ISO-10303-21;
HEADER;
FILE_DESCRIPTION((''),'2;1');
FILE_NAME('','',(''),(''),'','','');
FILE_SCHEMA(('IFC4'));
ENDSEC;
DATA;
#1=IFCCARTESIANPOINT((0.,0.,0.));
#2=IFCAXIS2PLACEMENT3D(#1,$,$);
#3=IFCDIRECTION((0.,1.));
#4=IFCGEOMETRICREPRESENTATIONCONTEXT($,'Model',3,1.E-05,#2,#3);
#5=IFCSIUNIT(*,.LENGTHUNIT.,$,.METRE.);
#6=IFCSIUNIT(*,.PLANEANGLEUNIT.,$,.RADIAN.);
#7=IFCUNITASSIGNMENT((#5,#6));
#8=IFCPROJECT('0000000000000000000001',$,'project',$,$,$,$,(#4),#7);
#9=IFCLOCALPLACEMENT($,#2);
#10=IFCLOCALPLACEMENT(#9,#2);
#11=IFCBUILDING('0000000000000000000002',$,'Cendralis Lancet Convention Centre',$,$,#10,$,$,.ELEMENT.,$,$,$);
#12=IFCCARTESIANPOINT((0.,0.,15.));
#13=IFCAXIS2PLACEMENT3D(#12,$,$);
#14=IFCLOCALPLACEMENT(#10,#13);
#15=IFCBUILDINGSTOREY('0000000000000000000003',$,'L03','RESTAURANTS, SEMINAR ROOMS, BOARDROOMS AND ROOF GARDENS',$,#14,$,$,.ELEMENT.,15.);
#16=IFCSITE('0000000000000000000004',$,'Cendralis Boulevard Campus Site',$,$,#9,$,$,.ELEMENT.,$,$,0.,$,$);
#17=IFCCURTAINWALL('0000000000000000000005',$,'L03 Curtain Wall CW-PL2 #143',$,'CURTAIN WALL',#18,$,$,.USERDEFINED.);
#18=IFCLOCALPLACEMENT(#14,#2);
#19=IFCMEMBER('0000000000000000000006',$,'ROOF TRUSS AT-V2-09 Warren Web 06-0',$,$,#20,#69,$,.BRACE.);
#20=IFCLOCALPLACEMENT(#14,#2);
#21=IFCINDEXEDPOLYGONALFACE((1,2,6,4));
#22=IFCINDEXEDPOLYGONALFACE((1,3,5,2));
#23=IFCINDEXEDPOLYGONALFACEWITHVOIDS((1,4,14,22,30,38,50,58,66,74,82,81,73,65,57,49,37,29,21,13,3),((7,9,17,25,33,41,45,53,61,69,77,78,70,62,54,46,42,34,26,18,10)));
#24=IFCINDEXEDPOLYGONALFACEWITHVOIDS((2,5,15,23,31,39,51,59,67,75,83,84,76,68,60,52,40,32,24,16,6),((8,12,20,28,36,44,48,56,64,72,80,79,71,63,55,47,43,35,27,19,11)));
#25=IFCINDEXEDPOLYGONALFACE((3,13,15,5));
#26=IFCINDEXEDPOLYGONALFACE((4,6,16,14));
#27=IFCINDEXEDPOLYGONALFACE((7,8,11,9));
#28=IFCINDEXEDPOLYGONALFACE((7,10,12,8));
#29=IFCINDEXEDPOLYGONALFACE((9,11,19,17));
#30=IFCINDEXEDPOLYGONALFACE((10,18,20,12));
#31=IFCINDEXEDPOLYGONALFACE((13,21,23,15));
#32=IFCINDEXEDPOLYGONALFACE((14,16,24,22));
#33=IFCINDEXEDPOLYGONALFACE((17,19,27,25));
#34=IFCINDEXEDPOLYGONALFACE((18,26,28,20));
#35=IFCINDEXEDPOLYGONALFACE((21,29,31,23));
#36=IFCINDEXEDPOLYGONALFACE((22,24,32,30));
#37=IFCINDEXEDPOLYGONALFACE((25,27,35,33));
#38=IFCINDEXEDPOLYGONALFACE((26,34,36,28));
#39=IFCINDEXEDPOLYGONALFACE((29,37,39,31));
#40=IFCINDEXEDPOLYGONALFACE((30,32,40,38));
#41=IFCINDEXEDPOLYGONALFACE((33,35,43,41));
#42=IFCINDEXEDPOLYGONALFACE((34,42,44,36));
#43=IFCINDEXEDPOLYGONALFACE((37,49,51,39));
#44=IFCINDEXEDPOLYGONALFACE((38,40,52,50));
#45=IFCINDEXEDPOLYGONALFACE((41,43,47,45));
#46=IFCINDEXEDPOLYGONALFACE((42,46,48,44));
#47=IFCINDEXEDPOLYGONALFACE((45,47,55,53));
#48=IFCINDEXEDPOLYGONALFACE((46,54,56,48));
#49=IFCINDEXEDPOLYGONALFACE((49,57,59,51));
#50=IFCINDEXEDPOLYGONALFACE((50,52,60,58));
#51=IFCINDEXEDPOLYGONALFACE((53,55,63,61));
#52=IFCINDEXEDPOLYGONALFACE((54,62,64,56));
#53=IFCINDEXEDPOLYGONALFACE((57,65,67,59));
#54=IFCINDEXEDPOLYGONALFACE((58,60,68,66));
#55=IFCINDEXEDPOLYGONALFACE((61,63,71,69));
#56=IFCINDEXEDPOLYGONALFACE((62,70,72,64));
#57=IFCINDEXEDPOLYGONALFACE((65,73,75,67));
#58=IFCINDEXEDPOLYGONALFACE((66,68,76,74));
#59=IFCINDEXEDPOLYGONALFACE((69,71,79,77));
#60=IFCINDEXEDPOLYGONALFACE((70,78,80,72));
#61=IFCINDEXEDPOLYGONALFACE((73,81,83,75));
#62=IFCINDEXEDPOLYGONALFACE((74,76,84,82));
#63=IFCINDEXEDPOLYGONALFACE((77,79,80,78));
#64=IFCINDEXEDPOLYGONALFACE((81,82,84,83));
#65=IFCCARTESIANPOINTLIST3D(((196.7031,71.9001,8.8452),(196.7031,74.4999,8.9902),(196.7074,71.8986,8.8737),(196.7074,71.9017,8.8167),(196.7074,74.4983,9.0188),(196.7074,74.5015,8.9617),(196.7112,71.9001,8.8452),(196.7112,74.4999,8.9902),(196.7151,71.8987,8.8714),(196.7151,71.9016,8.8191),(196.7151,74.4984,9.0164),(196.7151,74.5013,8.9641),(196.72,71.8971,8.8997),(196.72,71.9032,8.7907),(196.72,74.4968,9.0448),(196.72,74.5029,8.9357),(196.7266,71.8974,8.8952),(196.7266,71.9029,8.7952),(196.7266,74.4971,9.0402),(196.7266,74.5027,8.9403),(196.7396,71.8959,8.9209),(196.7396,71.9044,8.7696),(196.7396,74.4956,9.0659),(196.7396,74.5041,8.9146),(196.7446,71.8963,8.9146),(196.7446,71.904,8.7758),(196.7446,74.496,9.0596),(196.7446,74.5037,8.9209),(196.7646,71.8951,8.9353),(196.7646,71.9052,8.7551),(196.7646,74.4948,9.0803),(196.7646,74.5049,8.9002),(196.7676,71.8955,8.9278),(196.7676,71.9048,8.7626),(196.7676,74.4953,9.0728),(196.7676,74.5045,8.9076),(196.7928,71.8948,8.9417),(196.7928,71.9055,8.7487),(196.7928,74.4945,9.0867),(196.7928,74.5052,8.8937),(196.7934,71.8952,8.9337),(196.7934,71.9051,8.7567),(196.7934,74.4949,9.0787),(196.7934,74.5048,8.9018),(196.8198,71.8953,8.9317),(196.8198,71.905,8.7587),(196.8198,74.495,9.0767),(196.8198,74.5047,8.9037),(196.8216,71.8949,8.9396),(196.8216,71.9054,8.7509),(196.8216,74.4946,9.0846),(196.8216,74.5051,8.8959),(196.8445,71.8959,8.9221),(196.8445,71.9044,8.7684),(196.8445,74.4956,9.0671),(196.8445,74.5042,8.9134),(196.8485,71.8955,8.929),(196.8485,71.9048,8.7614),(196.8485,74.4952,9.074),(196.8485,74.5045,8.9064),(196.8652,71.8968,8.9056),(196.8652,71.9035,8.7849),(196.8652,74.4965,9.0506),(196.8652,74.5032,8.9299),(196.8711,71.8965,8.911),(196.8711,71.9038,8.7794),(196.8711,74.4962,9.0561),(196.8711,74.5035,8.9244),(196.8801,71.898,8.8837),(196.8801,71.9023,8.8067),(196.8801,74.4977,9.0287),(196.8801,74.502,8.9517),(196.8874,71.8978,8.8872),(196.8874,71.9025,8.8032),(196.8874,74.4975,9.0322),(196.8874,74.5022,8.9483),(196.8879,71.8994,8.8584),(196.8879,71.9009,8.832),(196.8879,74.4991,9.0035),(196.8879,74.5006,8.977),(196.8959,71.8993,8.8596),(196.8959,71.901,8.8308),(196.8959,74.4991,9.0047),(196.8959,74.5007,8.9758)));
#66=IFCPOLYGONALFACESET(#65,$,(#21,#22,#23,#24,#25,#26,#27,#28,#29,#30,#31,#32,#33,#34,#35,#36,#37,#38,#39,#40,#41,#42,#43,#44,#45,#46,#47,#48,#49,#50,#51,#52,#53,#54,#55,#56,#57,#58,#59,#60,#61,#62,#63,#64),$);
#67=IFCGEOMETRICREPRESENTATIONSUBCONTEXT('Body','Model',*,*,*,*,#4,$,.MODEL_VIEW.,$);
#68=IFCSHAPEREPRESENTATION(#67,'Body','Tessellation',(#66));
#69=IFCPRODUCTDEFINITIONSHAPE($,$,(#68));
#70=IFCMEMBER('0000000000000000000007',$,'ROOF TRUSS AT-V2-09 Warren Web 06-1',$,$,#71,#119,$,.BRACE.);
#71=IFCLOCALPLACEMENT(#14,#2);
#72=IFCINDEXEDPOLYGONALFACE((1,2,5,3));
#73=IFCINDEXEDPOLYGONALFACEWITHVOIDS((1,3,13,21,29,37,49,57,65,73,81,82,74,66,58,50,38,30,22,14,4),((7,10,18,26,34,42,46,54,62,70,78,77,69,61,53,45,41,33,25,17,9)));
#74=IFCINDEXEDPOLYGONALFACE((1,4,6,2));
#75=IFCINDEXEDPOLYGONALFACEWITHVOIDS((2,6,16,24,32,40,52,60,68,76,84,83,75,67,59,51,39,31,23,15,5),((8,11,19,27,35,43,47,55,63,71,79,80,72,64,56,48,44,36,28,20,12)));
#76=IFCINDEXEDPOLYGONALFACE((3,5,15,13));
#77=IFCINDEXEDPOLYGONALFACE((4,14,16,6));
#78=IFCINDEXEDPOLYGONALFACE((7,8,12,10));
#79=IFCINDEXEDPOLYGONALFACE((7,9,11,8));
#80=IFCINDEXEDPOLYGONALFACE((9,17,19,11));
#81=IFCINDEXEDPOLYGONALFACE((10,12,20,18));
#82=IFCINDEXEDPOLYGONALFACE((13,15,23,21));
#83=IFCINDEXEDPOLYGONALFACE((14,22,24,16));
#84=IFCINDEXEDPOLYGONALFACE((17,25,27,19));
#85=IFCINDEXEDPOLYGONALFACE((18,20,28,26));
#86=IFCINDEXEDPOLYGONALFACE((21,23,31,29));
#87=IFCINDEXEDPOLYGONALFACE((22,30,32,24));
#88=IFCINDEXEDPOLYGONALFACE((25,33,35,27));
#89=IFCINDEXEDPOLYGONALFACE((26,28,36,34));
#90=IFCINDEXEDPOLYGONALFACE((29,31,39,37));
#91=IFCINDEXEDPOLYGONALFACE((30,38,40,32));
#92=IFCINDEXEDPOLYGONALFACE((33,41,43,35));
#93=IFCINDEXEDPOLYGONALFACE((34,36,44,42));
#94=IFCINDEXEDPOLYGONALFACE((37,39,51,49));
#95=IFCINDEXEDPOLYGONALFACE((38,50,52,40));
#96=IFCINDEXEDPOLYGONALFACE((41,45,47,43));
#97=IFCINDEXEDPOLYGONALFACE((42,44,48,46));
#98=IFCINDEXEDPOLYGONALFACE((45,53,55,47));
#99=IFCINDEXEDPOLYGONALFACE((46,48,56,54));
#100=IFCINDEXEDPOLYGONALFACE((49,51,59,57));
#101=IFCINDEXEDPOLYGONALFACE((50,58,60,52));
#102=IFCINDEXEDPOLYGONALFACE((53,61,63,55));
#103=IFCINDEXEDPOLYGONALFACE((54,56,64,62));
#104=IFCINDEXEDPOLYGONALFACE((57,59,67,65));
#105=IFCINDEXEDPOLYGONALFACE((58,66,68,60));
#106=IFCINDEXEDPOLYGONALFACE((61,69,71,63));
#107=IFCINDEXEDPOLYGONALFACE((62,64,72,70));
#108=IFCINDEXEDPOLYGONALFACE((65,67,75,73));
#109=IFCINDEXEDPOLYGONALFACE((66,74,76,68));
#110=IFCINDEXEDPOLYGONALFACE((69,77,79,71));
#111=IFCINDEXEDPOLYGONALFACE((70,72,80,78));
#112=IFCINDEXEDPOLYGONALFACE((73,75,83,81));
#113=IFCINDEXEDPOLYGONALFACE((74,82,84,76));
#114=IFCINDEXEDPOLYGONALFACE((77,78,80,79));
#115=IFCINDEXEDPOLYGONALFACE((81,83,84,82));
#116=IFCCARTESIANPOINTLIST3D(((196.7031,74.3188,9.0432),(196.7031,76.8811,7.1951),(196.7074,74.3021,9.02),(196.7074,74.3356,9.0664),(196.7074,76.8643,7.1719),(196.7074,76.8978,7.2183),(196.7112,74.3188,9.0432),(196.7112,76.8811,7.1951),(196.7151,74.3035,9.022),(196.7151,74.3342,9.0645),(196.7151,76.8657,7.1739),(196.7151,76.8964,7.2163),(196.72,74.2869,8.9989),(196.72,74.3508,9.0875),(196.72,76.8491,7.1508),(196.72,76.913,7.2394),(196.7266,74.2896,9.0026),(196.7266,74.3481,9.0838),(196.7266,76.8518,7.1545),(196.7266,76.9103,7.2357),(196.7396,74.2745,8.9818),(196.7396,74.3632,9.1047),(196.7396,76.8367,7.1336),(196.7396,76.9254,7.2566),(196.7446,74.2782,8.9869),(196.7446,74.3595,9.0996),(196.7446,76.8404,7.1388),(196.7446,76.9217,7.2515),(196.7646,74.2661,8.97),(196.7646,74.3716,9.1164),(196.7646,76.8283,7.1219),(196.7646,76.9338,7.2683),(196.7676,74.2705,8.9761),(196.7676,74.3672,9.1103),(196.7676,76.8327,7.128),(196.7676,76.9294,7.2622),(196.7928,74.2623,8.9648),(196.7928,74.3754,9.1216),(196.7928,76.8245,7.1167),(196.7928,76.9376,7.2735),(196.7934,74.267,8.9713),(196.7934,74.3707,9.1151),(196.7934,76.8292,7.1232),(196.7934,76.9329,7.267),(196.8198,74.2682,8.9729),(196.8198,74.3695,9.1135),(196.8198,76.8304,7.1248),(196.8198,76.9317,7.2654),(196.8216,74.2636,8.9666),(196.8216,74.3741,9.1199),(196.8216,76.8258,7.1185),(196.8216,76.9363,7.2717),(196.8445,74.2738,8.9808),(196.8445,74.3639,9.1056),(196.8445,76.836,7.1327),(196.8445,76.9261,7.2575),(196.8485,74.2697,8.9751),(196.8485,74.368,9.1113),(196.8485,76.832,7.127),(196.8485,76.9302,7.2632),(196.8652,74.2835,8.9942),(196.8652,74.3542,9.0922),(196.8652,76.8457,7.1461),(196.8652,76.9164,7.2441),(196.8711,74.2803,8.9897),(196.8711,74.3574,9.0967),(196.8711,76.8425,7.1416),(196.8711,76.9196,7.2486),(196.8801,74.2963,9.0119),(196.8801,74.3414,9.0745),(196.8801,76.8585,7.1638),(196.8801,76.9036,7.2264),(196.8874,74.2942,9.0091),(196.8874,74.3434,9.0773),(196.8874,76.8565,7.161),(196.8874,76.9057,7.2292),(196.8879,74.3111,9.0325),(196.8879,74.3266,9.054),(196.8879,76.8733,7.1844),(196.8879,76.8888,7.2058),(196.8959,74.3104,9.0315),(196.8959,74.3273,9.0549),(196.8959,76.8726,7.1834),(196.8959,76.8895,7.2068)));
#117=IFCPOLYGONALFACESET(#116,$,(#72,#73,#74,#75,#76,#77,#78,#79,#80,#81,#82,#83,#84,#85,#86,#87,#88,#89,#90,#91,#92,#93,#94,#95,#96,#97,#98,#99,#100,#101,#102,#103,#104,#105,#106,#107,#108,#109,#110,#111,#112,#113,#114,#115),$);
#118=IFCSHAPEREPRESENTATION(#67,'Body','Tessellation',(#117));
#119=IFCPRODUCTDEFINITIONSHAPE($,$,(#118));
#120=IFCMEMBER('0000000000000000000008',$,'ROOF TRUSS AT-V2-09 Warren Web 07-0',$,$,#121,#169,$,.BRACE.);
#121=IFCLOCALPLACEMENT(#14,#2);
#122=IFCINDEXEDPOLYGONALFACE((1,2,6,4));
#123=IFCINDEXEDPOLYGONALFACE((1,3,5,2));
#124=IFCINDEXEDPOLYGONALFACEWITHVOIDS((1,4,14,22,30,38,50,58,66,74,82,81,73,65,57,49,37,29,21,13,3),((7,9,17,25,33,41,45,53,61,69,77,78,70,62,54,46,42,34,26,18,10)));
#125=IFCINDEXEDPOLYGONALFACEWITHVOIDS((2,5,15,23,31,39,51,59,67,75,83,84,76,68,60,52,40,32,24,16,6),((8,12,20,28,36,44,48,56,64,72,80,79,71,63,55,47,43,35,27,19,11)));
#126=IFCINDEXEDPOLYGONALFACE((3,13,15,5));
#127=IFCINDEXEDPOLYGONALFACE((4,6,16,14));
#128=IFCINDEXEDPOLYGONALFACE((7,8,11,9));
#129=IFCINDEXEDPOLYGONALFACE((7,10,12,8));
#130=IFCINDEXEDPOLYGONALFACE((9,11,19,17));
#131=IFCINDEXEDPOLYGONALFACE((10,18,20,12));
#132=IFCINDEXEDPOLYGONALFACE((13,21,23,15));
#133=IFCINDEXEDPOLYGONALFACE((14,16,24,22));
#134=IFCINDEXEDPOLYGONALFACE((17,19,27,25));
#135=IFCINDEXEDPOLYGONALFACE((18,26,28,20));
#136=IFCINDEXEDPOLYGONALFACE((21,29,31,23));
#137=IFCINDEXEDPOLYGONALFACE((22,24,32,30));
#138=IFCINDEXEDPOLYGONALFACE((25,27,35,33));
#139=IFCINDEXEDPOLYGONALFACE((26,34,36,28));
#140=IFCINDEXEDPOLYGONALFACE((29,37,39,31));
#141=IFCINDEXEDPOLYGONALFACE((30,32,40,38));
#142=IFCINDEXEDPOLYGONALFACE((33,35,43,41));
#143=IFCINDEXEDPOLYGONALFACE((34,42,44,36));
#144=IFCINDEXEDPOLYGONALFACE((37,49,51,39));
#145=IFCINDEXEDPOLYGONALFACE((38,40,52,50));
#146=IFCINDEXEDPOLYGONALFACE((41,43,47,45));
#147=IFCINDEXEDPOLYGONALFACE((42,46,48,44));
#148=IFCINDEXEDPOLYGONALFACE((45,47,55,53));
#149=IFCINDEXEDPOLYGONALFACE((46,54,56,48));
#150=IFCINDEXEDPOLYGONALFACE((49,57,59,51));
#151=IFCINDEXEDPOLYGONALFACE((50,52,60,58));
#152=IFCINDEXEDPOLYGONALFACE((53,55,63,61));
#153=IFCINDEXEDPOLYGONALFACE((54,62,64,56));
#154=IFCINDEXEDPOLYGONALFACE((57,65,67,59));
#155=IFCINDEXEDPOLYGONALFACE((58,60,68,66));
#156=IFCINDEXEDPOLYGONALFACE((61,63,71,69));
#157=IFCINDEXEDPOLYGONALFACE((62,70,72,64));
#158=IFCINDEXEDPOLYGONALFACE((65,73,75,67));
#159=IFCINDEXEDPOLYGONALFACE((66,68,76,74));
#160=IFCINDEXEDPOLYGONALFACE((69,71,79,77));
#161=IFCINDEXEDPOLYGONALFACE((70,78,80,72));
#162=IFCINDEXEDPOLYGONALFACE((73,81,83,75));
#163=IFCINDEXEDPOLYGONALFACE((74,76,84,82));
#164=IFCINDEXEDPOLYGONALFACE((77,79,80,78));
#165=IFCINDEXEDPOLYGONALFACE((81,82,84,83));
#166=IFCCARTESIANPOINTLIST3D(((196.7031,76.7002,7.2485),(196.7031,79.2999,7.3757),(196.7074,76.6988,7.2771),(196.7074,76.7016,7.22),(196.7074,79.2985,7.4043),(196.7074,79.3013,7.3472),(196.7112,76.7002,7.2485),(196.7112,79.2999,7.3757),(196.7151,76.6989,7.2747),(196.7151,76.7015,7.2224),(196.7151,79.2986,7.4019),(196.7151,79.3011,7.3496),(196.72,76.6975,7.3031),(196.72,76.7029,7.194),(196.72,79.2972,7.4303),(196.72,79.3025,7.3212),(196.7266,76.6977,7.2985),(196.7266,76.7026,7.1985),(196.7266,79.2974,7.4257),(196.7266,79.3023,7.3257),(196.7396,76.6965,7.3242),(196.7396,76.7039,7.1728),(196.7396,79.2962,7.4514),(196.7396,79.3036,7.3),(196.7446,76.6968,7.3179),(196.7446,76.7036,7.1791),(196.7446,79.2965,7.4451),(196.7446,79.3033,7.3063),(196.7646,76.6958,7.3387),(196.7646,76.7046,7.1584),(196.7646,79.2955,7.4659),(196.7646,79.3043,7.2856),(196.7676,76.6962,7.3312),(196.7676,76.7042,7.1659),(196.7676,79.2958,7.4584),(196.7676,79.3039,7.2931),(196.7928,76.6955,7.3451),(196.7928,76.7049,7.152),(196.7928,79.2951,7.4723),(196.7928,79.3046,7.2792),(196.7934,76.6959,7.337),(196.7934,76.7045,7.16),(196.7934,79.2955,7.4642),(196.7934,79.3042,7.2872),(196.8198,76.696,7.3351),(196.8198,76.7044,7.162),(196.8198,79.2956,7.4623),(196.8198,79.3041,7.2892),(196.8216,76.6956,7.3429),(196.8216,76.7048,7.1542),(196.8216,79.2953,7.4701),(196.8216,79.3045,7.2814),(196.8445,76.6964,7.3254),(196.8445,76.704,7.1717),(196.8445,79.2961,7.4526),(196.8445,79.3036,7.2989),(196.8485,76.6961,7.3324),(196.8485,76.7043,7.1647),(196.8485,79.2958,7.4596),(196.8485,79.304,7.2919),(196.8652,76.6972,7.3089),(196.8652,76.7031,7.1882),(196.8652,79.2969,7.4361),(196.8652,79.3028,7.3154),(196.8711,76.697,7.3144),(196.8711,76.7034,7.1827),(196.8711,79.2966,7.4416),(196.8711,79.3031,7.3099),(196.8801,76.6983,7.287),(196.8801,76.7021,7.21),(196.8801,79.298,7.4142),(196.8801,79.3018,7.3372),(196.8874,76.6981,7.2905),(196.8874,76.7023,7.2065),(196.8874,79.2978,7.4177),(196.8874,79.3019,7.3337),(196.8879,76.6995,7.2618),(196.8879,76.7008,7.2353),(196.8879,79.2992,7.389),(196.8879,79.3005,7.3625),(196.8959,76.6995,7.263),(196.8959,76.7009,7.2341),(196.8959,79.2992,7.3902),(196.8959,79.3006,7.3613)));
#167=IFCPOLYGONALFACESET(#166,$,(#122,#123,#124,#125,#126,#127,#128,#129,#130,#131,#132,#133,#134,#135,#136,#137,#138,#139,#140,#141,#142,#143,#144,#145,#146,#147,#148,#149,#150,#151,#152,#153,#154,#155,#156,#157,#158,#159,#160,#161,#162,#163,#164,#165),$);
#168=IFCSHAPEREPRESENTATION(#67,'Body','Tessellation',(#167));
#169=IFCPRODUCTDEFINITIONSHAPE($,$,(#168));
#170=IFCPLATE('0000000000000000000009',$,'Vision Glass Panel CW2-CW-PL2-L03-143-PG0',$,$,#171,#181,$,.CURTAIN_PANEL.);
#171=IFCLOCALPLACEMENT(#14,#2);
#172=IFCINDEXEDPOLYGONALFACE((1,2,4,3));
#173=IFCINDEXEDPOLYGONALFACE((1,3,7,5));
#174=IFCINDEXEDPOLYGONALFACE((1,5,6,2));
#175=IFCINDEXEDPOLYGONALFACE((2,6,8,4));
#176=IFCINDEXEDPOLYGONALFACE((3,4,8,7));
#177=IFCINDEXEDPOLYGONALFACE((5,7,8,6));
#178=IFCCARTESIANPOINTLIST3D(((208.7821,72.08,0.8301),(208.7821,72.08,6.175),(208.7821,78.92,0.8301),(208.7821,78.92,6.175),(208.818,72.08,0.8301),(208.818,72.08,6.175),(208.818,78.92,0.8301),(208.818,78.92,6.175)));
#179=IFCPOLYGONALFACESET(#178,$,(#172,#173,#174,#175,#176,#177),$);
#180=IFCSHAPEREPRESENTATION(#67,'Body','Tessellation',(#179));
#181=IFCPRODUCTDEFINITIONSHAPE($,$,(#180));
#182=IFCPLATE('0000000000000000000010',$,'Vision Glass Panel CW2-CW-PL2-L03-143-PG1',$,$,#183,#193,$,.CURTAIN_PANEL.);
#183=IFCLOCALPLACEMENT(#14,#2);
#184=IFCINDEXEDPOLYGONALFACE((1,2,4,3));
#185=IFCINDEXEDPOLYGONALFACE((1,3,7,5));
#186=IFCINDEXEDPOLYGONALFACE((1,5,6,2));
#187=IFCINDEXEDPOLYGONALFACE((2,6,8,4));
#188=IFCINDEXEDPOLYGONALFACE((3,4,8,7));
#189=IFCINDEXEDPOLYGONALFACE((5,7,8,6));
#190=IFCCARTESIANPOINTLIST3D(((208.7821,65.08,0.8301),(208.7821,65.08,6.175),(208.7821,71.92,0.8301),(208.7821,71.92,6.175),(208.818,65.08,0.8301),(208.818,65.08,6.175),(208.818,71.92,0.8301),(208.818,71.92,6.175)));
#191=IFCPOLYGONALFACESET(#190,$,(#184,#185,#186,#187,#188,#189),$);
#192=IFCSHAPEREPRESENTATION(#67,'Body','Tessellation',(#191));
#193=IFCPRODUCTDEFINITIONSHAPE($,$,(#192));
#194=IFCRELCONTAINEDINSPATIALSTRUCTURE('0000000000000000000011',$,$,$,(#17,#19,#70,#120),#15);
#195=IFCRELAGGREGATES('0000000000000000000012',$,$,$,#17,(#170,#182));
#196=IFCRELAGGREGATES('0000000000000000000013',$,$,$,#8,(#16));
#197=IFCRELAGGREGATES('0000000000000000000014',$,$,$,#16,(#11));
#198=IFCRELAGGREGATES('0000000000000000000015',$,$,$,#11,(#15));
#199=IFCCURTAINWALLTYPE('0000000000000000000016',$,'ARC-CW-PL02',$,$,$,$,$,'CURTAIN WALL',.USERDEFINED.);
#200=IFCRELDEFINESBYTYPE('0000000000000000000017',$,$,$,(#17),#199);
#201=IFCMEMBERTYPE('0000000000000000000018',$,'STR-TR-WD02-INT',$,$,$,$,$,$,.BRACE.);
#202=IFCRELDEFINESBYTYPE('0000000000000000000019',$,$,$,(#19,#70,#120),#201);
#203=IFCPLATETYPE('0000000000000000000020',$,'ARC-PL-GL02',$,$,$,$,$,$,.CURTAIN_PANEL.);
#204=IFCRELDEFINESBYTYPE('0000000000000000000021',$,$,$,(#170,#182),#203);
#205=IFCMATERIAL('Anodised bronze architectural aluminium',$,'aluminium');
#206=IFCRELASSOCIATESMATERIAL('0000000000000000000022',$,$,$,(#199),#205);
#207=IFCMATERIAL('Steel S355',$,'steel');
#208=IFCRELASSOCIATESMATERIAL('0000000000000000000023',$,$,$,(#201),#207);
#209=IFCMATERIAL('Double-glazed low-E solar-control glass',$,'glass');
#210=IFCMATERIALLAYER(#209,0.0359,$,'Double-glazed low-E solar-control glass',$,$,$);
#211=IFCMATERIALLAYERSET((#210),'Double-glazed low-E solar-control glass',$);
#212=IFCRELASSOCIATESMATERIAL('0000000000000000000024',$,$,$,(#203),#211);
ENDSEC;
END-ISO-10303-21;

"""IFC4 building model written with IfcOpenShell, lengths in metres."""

from ifc_helpers import new_model, si_unit, direction, frame, origin, origin_2d, place, context, subcontext, project, spatial, rectangle, hollow_circle, extrude, material, layer, layer_set, material_profile, profile_set, type_object, element, aggregate, save


model = new_model("IFC4")

# Units and contexts
model_context = context("Model", 3, precision=1e-05, world=origin(), true_north=direction((0.0, 1.0)))
body_context = subcontext(model_context, "Body", "Model", "MODEL_VIEW")
ifc_project = project(units=[si_unit("LENGTHUNIT", "METRE"), si_unit("PLANEANGLEUNIT", "RADIAN")], contexts=[model_context])

# Site, building, storey
site_placement = place(None, origin())
site = spatial("IfcSite", under=ifc_project, at=site_placement, Name="Cendralis Boulevard Campus Site", CompositionType="ELEMENT", RefElevation=0.0)
building_placement = place(site_placement, origin())
building = spatial("IfcBuilding", under=site, at=building_placement, Name="Cendralis Lancet Convention Centre", CompositionType="ELEMENT")
storey_placement = place(building_placement, frame((0.0, 0.0, 15.0)))
storey = spatial("IfcBuildingStorey", under=building, at=storey_placement, Name="L03", Description="RESTAURANTS, SEMINAR ROOMS, BOARDROOMS AND ROOF GARDENS", CompositionType="ELEMENT", Elevation=15.0)

# Curtain wall
ifc_material_1 = material(Name="Anodised bronze architectural aluminium", Category="aluminium")
curtain_wall_type = type_object("IfcCurtainWallType", Name="ARC-CW-PL02", ElementType="CURTAIN WALL", PredefinedType="USERDEFINED", material=ifc_material_1)
curtain_wall_placement = place(storey_placement, origin())
curtain_wall = element("IfcCurtainWall", 1, at=curtain_wall_placement, inside=storey, type_object=curtain_wall_type, Name="L03 Curtain Wall CW-PL2 #143", ObjectType="CURTAIN WALL", PredefinedType="USERDEFINED")

# Members
ifc_material_2 = material(Name="Steel S355", Category="steel")
ifc_material_profile_1 = material_profile(ifc_material_2, hollow_circle(Radius=0.0969, WallThickness=0.0081, at=origin_2d()), Name="CHS 193.7x8.0")
ifc_profile_set_1 = profile_set([ifc_material_profile_1], Name="Steel S355")
member_type_1 = type_object("IfcMemberType", Name="STR-TR-WD02-INT", PredefinedType="BRACE", material=ifc_profile_set_1)
member_1_placement = place(storey_placement, frame((196.8, 71.9001, 8.8452), z_axis=(0.0, 0.998448, 0.055699), x_axis=(-1.0, 0.0, 0.0)))
element("IfcMember", 2, at=member_1_placement, inside=storey, type_object=member_type_1, Name="ROOF TRUSS AT-V2-09 Warren Web 06-0", PredefinedType="BRACE", context=body_context, shape_type="SweptSolid", body=[
    extrude(hollow_circle(Radius=0.0969, WallThickness=0.0081, at=origin_2d()), origin(), (0.0, 0.0, 1.0), 2.6038),
])
member_2_placement = place(storey_placement, frame((196.8, 74.3188, 9.0432), z_axis=(0.0, 0.811036, -0.584997), x_axis=(-1.0, 0.0, 0.0)))
element("IfcMember", 3, at=member_2_placement, inside=storey, type_object=member_type_1, Name="ROOF TRUSS AT-V2-09 Warren Web 06-1", PredefinedType="BRACE", context=body_context, shape_type="SweptSolid", body=[
    extrude(hollow_circle(Radius=0.0969, WallThickness=0.0081, at=origin_2d()), origin(), (0.0, 0.0, 1.0), 3.1592),
])
member_3_placement = place(storey_placement, frame((196.8, 76.7002, 7.2485), z_axis=(0.0, 0.998805, 0.048871), x_axis=(-1.0, 0.0, 0.0)))
element("IfcMember", 4, at=member_3_placement, inside=storey, type_object=member_type_1, Name="ROOF TRUSS AT-V2-09 Warren Web 07-0", PredefinedType="BRACE", context=body_context, shape_type="SweptSolid", body=[
    extrude(hollow_circle(Radius=0.0969, WallThickness=0.0081, at=origin_2d()), origin(), (0.0, 0.0, 1.0), 2.6028),
])

# Plates
ifc_material_3 = material(Name="Double-glazed low-E solar-control glass", Category="glass")
ifc_layer_1 = layer(ifc_material_3, 0.0359, Name="Double-glazed low-E solar-control glass")
ifc_layer_set_1 = layer_set([ifc_layer_1], Name="Double-glazed low-E solar-control glass")
plate_type_1 = type_object("IfcPlateType", Name="ARC-PL-GL02", PredefinedType="CURTAIN_PANEL", material=ifc_layer_set_1)
plate_1_placement = place(storey_placement, frame((208.8, 75.5, 0.8301), z_axis=(0.0, 0.0, 1.0), x_axis=(0.0, -1.0, 0.0)))
plate_1 = element("IfcPlate", 5, at=plate_1_placement, type_object=plate_type_1, Name="Vision Glass Panel CW2-CW-PL2-L03-143-PG0", PredefinedType="CURTAIN_PANEL", context=body_context, shape_type="SweptSolid", body=[
    extrude(rectangle(XDim=6.8401, YDim=0.0359, at=origin_2d()), origin(), (0.0, 0.0, 1.0), 5.345),
])
plate_2_placement = place(storey_placement, frame((208.8, 68.5, 0.8301), z_axis=(0.0, 0.0, 1.0), x_axis=(0.0, -1.0, 0.0)))
plate_2 = element("IfcPlate", 6, at=plate_2_placement, type_object=plate_type_1, Name="Vision Glass Panel CW2-CW-PL2-L03-143-PG1", PredefinedType="CURTAIN_PANEL", context=body_context, shape_type="SweptSolid", body=[
    extrude(rectangle(XDim=6.8401, YDim=0.0359, at=origin_2d()), origin(), (0.0, 0.0, 1.0), 5.345),
])
aggregate(curtain_wall, [plate_1, plate_2])

save(model, "model.ifc")
